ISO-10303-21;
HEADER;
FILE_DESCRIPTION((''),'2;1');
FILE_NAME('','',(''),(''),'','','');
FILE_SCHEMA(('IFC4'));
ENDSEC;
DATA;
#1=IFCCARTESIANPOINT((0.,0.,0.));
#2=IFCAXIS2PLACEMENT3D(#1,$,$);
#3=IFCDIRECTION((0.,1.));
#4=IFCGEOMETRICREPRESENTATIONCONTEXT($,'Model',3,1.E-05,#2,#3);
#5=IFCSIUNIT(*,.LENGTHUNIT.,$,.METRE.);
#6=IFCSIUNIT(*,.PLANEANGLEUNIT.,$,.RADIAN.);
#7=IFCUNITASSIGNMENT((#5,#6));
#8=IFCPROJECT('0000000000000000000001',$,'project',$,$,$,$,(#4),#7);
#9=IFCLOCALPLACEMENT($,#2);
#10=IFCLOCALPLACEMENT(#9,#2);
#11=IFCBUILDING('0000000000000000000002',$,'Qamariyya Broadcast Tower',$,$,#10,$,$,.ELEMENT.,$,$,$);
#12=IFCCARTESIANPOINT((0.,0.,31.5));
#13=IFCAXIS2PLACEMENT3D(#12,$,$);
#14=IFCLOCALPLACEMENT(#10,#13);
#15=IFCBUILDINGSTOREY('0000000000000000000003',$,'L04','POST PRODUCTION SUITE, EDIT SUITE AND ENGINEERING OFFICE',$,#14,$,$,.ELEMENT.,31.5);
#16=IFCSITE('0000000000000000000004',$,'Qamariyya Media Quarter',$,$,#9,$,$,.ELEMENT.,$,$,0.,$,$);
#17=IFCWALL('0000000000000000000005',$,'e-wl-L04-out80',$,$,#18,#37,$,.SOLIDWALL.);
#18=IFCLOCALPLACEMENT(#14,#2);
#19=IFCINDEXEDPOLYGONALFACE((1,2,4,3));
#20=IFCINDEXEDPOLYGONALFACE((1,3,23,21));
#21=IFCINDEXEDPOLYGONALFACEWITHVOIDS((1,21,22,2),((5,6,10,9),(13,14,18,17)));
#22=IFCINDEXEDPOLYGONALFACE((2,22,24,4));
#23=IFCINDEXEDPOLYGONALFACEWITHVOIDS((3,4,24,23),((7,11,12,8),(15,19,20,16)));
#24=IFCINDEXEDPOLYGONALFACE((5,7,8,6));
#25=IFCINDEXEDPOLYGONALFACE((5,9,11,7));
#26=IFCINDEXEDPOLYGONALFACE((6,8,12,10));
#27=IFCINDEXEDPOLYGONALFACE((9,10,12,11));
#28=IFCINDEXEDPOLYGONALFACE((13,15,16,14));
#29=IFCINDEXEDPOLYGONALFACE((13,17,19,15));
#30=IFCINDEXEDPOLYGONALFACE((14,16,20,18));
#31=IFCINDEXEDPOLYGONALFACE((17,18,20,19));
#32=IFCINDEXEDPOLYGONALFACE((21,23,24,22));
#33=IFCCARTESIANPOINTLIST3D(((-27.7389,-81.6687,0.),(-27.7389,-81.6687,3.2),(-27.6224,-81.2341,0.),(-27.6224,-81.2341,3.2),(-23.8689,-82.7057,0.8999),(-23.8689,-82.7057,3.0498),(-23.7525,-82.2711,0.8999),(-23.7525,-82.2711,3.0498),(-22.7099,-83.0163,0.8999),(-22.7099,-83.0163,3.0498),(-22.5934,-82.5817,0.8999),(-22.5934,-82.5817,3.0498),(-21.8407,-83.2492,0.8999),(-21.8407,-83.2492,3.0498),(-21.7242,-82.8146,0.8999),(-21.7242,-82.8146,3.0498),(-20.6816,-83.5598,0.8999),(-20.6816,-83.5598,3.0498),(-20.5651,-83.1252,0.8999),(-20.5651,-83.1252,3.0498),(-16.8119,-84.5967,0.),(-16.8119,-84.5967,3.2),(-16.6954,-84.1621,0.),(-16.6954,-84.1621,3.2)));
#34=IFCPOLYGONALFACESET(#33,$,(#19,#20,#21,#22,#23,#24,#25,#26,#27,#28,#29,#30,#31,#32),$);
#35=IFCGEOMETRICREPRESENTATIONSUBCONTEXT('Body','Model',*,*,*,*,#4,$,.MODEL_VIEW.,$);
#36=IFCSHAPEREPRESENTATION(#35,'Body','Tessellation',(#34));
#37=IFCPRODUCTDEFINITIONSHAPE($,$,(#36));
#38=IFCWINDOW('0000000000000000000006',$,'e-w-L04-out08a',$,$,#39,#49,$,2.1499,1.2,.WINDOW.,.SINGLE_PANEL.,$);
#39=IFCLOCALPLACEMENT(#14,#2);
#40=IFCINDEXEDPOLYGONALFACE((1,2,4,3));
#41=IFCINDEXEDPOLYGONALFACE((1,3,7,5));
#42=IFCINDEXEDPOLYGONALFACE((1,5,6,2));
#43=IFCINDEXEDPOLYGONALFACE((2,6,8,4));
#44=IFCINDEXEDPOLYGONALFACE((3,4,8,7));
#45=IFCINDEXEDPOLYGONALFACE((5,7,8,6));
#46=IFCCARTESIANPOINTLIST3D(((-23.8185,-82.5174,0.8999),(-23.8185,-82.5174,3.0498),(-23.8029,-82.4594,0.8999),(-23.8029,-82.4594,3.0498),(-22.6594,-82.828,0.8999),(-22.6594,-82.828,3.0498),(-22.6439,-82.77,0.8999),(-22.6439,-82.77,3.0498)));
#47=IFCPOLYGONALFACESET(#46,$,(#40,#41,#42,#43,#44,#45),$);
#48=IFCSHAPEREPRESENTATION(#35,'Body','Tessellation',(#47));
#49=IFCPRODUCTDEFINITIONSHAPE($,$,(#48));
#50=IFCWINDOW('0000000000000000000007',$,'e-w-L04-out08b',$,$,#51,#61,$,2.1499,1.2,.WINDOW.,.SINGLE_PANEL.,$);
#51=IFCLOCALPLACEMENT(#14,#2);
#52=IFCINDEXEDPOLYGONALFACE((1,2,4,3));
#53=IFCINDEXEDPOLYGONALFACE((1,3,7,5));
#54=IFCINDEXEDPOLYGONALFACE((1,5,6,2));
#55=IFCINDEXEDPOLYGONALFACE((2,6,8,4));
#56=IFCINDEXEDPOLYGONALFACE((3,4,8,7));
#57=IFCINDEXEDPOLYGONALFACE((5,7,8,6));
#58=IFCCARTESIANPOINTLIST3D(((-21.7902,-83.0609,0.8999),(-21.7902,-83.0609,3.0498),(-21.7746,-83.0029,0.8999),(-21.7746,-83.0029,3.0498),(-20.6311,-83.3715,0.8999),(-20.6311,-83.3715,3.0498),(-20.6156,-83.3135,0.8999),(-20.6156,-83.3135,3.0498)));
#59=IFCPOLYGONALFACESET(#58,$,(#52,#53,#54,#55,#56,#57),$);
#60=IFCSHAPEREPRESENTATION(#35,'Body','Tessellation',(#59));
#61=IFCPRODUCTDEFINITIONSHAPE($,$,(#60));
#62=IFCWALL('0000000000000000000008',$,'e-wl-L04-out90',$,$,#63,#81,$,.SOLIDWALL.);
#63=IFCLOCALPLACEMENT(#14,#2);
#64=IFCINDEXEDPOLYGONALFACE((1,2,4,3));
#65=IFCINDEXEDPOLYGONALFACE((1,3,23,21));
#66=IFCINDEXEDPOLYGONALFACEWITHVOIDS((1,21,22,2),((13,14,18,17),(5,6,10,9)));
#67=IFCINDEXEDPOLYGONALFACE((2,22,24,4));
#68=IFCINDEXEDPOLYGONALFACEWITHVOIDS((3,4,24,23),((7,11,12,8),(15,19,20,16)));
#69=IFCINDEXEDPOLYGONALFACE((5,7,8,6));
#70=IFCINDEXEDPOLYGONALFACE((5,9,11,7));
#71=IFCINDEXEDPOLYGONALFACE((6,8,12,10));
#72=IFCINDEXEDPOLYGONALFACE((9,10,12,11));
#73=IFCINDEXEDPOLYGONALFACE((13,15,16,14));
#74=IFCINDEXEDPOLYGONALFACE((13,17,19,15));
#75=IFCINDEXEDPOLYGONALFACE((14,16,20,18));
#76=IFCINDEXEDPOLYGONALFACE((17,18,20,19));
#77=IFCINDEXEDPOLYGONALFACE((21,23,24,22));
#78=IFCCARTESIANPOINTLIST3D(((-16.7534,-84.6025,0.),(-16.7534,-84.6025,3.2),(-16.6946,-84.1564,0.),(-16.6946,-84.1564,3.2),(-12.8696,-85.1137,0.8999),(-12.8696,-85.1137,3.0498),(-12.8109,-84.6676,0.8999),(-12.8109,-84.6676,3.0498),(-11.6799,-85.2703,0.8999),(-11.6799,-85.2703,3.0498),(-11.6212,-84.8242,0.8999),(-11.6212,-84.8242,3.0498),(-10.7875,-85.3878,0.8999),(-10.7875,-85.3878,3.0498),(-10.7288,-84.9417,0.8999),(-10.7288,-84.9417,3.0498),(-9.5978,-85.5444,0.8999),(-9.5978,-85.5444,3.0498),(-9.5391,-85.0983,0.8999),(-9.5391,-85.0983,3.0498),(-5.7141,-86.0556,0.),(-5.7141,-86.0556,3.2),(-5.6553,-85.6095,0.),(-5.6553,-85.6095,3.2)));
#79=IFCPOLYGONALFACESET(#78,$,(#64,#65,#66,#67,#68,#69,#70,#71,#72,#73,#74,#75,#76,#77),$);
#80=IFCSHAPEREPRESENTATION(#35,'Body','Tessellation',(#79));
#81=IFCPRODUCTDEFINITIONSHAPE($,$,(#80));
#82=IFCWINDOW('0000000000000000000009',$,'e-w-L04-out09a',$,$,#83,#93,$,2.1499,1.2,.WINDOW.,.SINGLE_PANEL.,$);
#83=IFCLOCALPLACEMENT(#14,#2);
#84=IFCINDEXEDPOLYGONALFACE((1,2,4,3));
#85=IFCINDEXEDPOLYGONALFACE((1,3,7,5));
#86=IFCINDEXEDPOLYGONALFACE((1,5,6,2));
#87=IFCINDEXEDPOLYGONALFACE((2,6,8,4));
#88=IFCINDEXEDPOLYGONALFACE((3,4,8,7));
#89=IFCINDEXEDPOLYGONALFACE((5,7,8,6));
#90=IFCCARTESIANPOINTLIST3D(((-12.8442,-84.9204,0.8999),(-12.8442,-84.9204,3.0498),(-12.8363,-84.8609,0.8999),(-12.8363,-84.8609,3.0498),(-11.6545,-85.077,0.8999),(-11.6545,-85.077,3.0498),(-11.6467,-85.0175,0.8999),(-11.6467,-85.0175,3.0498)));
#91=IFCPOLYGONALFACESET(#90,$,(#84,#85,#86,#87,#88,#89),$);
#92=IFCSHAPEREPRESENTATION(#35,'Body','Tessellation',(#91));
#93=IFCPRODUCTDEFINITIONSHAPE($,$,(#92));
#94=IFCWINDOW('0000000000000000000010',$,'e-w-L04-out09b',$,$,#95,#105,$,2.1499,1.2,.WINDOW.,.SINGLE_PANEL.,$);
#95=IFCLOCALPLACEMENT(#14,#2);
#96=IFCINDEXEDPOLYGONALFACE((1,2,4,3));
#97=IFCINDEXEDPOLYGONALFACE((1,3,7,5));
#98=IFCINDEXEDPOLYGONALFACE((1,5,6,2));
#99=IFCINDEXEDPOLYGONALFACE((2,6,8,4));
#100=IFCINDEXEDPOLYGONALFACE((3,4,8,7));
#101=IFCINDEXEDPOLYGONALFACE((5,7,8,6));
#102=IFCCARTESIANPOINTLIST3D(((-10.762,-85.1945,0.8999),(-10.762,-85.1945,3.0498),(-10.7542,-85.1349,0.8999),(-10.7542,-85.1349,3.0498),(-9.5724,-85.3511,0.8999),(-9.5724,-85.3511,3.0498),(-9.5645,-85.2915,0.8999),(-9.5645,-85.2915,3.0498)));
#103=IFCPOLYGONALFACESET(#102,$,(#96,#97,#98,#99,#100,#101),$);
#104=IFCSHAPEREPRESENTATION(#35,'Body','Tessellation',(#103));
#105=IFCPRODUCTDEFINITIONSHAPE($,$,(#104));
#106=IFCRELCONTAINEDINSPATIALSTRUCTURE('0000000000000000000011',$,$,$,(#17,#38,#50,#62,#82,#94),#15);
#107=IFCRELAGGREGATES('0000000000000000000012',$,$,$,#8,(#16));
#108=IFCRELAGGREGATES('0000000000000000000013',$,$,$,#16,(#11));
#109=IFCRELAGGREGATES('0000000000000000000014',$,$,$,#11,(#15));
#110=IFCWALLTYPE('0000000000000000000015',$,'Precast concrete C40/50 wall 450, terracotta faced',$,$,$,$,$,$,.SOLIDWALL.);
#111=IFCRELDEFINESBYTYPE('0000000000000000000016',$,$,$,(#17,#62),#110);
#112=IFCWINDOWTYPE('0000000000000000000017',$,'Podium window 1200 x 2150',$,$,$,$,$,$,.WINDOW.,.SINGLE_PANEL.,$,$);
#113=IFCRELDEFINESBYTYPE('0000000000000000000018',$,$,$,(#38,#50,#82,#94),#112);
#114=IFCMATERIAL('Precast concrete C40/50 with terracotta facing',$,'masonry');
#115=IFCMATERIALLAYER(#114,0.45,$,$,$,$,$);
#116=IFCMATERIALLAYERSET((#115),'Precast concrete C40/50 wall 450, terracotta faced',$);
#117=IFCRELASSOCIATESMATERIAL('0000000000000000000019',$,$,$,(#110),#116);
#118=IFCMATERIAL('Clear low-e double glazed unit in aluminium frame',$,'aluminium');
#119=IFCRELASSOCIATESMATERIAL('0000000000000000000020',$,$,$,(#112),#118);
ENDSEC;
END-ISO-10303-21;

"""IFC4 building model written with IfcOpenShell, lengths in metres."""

from ifc_helpers import new_model, si_unit, direction, frame, frame_2d, origin, place, context, subcontext, project, spatial, rectangle, extrude, material, layer, layer_set, type_object, element, fill, save


model = new_model("IFC4")

# Units and contexts
model_context = context("Model", 3, precision=1e-05, world=origin(), true_north=direction((0.0, 1.0)))
body_context = subcontext(model_context, "Body", "Model", "MODEL_VIEW")
ifc_project = project(units=[si_unit("LENGTHUNIT", "METRE"), si_unit("PLANEANGLEUNIT", "RADIAN")], contexts=[model_context])

# Site, building, storey
site_placement = place(None, origin())
site = spatial("IfcSite", under=ifc_project, at=site_placement, Name="Qamariyya Media Quarter", CompositionType="ELEMENT", RefElevation=0.0)
building_placement = place(site_placement, origin())
building = spatial("IfcBuilding", under=site, at=building_placement, Name="Qamariyya Broadcast Tower", CompositionType="ELEMENT")
storey_placement = place(building_placement, frame((0.0, 0.0, 31.5)))
storey = spatial("IfcBuildingStorey", under=building, at=storey_placement, Name="L04", Description="POST PRODUCTION SUITE, EDIT SUITE AND ENGINEERING OFFICE", CompositionType="ELEMENT", Elevation=31.5)

# Walls, openings, windows
ifc_material_1 = material(Name="Precast concrete C40/50 with terracotta facing", Category="masonry")
ifc_layer_1 = layer(ifc_material_1, 0.45)
ifc_layer_set_1 = layer_set([ifc_layer_1], Name="Precast concrete C40/50 wall 450, terracotta faced")
wall_type_1 = type_object("IfcWallType", Name="Precast concrete C40/50 wall 450, terracotta faced", PredefinedType="SOLIDWALL", material=ifc_layer_set_1)
wall_1_placement = place(storey_placement, frame((-27.6807, -81.4514, 0.0), z_axis=(0.0, 0.0, 1.0), x_axis=(0.965924, -0.258827, 0.0)))
wall_1 = element("IfcWall", 1, at=wall_1_placement, inside=storey, type_object=wall_type_1, Name="e-wl-L04-out80", PredefinedType="SOLIDWALL", context=body_context, shape_type="SweptSolid", body=[
    extrude(rectangle(XDim=11.3125, YDim=0.45, at=frame_2d((5.6562, 0.0))), origin(), (0.0, 0.0, 1.0), 3.2),
])
opening_1_placement = place(wall_1_placement, frame((4.0063, 0.0, 0.8999)))
opening_1 = element("IfcOpeningElement", 2, at=opening_1_placement, cuts=wall_1, PredefinedType="OPENING", context=body_context, shape_type="SweptSolid", body=[
    extrude(rectangle(XDim=1.2, YDim=2.1499, at=frame_2d((0.6001, 1.075))), frame((0.0, 0.2349, 0.0), z_axis=(0.0, -1.0, 0.0), x_axis=(1.0, 0.0, 0.0)), (0.0, 0.0, 1.0), 0.47),
])
opening_2_placement = place(wall_1_placement, frame((6.1062, 0.0, 0.8999)))
opening_2 = element("IfcOpeningElement", 3, at=opening_2_placement, cuts=wall_1, PredefinedType="OPENING", context=body_context, shape_type="SweptSolid", body=[
    extrude(rectangle(XDim=1.2, YDim=2.1499, at=frame_2d((0.6001, 1.075))), frame((0.0, 0.2349, 0.0), z_axis=(0.0, -1.0, 0.0), x_axis=(1.0, 0.0, 0.0)), (0.0, 0.0, 1.0), 0.47),
])
ifc_material_2 = material(Name="Clear low-e double glazed unit in aluminium frame", Category="aluminium")
window_type = type_object("IfcWindowType", Name="Podium window 1200 x 2150", PartitioningType="SINGLE_PANEL", PredefinedType="WINDOW", material=ifc_material_2)
window_1_placement = place(opening_1_placement, origin())
window_1 = element("IfcWindow", 4, at=window_1_placement, inside=storey, type_object=window_type, Name="e-w-L04-out08a", OverallHeight=2.1499, OverallWidth=1.2, PartitioningType="SINGLE_PANEL", PredefinedType="WINDOW", context=body_context, shape_type="SweptSolid", body=[
    extrude(rectangle(XDim=1.2, YDim=2.1499, at=frame_2d((0.6001, 1.075))), frame((0.0, 0.03, 0.0), z_axis=(0.0, -1.0, 0.0), x_axis=(1.0, 0.0, 0.0)), (0.0, 0.0, 1.0), 0.0601),
])
fill(opening_1, window_1)
window_2_placement = place(opening_2_placement, origin())
window_2 = element("IfcWindow", 5, at=window_2_placement, inside=storey, type_object=window_type, Name="e-w-L04-out08b", OverallHeight=2.1499, OverallWidth=1.2, PartitioningType="SINGLE_PANEL", PredefinedType="WINDOW", context=body_context, shape_type="SweptSolid", body=[
    extrude(rectangle(XDim=1.2, YDim=2.1499, at=frame_2d((0.6001, 1.075))), frame((0.0, 0.03, 0.0), z_axis=(0.0, -1.0, 0.0), x_axis=(1.0, 0.0, 0.0)), (0.0, 0.0, 1.0), 0.0601),
])
fill(opening_2, window_2)
wall_2_placement = place(storey_placement, frame((-16.7241, -84.3794, 0.0), z_axis=(0.0, 0.0, 1.0), x_axis=(0.991448, -0.130506, 0.0)))
wall_2 = element("IfcWall", 6, at=wall_2_placement, inside=storey, type_object=wall_type_1, Name="e-wl-L04-out90", PredefinedType="SOLIDWALL", context=body_context, shape_type="SweptSolid", body=[
    extrude(rectangle(XDim=11.1345, YDim=0.45, at=frame_2d((5.5674, 0.0))), origin(), (0.0, 0.0, 1.0), 3.2),
])
opening_3_placement = place(wall_2_placement, frame((3.9172, 0.0, 0.8999)))
opening_3 = element("IfcOpeningElement", 7, at=opening_3_placement, cuts=wall_2, PredefinedType="OPENING", context=body_context, shape_type="SweptSolid", body=[
    extrude(rectangle(XDim=1.2, YDim=2.1499, at=frame_2d((0.6001, 1.075))), frame((0.0, 0.2349, 0.0), z_axis=(0.0, -1.0, 0.0), x_axis=(1.0, 0.0, 0.0)), (0.0, 0.0, 1.0), 0.47),
])
opening_4_placement = place(wall_2_placement, frame((6.0173, 0.0, 0.8999)))
opening_4 = element("IfcOpeningElement", 8, at=opening_4_placement, cuts=wall_2, PredefinedType="OPENING", context=body_context, shape_type="SweptSolid", body=[
    extrude(rectangle(XDim=1.2, YDim=2.1499, at=frame_2d((0.6001, 1.075))), frame((0.0, 0.2349, 0.0), z_axis=(0.0, -1.0, 0.0), x_axis=(1.0, 0.0, 0.0)), (0.0, 0.0, 1.0), 0.47),
])
window_3_placement = place(opening_3_placement, origin())
window_3 = element("IfcWindow", 9, at=window_3_placement, inside=storey, type_object=window_type, Name="e-w-L04-out09a", OverallHeight=2.1499, OverallWidth=1.2, PartitioningType="SINGLE_PANEL", PredefinedType="WINDOW", context=body_context, shape_type="SweptSolid", body=[
    extrude(rectangle(XDim=1.2, YDim=2.1499, at=frame_2d((0.6001, 1.075))), frame((0.0, 0.03, 0.0), z_axis=(0.0, -1.0, 0.0), x_axis=(1.0, 0.0, 0.0)), (0.0, 0.0, 1.0), 0.0601),
])
fill(opening_3, window_3)
window_4_placement = place(opening_4_placement, origin())
window_4 = element("IfcWindow", 10, at=window_4_placement, inside=storey, type_object=window_type, Name="e-w-L04-out09b", OverallHeight=2.1499, OverallWidth=1.2, PartitioningType="SINGLE_PANEL", PredefinedType="WINDOW", context=body_context, shape_type="SweptSolid", body=[
    extrude(rectangle(XDim=1.2, YDim=2.1499, at=frame_2d((0.6001, 1.075))), frame((0.0, 0.03, 0.0), z_axis=(0.0, -1.0, 0.0), x_axis=(1.0, 0.0, 0.0)), (0.0, 0.0, 1.0), 0.0601),
])
fill(opening_4, window_4)

save(model, "model.ifc")
